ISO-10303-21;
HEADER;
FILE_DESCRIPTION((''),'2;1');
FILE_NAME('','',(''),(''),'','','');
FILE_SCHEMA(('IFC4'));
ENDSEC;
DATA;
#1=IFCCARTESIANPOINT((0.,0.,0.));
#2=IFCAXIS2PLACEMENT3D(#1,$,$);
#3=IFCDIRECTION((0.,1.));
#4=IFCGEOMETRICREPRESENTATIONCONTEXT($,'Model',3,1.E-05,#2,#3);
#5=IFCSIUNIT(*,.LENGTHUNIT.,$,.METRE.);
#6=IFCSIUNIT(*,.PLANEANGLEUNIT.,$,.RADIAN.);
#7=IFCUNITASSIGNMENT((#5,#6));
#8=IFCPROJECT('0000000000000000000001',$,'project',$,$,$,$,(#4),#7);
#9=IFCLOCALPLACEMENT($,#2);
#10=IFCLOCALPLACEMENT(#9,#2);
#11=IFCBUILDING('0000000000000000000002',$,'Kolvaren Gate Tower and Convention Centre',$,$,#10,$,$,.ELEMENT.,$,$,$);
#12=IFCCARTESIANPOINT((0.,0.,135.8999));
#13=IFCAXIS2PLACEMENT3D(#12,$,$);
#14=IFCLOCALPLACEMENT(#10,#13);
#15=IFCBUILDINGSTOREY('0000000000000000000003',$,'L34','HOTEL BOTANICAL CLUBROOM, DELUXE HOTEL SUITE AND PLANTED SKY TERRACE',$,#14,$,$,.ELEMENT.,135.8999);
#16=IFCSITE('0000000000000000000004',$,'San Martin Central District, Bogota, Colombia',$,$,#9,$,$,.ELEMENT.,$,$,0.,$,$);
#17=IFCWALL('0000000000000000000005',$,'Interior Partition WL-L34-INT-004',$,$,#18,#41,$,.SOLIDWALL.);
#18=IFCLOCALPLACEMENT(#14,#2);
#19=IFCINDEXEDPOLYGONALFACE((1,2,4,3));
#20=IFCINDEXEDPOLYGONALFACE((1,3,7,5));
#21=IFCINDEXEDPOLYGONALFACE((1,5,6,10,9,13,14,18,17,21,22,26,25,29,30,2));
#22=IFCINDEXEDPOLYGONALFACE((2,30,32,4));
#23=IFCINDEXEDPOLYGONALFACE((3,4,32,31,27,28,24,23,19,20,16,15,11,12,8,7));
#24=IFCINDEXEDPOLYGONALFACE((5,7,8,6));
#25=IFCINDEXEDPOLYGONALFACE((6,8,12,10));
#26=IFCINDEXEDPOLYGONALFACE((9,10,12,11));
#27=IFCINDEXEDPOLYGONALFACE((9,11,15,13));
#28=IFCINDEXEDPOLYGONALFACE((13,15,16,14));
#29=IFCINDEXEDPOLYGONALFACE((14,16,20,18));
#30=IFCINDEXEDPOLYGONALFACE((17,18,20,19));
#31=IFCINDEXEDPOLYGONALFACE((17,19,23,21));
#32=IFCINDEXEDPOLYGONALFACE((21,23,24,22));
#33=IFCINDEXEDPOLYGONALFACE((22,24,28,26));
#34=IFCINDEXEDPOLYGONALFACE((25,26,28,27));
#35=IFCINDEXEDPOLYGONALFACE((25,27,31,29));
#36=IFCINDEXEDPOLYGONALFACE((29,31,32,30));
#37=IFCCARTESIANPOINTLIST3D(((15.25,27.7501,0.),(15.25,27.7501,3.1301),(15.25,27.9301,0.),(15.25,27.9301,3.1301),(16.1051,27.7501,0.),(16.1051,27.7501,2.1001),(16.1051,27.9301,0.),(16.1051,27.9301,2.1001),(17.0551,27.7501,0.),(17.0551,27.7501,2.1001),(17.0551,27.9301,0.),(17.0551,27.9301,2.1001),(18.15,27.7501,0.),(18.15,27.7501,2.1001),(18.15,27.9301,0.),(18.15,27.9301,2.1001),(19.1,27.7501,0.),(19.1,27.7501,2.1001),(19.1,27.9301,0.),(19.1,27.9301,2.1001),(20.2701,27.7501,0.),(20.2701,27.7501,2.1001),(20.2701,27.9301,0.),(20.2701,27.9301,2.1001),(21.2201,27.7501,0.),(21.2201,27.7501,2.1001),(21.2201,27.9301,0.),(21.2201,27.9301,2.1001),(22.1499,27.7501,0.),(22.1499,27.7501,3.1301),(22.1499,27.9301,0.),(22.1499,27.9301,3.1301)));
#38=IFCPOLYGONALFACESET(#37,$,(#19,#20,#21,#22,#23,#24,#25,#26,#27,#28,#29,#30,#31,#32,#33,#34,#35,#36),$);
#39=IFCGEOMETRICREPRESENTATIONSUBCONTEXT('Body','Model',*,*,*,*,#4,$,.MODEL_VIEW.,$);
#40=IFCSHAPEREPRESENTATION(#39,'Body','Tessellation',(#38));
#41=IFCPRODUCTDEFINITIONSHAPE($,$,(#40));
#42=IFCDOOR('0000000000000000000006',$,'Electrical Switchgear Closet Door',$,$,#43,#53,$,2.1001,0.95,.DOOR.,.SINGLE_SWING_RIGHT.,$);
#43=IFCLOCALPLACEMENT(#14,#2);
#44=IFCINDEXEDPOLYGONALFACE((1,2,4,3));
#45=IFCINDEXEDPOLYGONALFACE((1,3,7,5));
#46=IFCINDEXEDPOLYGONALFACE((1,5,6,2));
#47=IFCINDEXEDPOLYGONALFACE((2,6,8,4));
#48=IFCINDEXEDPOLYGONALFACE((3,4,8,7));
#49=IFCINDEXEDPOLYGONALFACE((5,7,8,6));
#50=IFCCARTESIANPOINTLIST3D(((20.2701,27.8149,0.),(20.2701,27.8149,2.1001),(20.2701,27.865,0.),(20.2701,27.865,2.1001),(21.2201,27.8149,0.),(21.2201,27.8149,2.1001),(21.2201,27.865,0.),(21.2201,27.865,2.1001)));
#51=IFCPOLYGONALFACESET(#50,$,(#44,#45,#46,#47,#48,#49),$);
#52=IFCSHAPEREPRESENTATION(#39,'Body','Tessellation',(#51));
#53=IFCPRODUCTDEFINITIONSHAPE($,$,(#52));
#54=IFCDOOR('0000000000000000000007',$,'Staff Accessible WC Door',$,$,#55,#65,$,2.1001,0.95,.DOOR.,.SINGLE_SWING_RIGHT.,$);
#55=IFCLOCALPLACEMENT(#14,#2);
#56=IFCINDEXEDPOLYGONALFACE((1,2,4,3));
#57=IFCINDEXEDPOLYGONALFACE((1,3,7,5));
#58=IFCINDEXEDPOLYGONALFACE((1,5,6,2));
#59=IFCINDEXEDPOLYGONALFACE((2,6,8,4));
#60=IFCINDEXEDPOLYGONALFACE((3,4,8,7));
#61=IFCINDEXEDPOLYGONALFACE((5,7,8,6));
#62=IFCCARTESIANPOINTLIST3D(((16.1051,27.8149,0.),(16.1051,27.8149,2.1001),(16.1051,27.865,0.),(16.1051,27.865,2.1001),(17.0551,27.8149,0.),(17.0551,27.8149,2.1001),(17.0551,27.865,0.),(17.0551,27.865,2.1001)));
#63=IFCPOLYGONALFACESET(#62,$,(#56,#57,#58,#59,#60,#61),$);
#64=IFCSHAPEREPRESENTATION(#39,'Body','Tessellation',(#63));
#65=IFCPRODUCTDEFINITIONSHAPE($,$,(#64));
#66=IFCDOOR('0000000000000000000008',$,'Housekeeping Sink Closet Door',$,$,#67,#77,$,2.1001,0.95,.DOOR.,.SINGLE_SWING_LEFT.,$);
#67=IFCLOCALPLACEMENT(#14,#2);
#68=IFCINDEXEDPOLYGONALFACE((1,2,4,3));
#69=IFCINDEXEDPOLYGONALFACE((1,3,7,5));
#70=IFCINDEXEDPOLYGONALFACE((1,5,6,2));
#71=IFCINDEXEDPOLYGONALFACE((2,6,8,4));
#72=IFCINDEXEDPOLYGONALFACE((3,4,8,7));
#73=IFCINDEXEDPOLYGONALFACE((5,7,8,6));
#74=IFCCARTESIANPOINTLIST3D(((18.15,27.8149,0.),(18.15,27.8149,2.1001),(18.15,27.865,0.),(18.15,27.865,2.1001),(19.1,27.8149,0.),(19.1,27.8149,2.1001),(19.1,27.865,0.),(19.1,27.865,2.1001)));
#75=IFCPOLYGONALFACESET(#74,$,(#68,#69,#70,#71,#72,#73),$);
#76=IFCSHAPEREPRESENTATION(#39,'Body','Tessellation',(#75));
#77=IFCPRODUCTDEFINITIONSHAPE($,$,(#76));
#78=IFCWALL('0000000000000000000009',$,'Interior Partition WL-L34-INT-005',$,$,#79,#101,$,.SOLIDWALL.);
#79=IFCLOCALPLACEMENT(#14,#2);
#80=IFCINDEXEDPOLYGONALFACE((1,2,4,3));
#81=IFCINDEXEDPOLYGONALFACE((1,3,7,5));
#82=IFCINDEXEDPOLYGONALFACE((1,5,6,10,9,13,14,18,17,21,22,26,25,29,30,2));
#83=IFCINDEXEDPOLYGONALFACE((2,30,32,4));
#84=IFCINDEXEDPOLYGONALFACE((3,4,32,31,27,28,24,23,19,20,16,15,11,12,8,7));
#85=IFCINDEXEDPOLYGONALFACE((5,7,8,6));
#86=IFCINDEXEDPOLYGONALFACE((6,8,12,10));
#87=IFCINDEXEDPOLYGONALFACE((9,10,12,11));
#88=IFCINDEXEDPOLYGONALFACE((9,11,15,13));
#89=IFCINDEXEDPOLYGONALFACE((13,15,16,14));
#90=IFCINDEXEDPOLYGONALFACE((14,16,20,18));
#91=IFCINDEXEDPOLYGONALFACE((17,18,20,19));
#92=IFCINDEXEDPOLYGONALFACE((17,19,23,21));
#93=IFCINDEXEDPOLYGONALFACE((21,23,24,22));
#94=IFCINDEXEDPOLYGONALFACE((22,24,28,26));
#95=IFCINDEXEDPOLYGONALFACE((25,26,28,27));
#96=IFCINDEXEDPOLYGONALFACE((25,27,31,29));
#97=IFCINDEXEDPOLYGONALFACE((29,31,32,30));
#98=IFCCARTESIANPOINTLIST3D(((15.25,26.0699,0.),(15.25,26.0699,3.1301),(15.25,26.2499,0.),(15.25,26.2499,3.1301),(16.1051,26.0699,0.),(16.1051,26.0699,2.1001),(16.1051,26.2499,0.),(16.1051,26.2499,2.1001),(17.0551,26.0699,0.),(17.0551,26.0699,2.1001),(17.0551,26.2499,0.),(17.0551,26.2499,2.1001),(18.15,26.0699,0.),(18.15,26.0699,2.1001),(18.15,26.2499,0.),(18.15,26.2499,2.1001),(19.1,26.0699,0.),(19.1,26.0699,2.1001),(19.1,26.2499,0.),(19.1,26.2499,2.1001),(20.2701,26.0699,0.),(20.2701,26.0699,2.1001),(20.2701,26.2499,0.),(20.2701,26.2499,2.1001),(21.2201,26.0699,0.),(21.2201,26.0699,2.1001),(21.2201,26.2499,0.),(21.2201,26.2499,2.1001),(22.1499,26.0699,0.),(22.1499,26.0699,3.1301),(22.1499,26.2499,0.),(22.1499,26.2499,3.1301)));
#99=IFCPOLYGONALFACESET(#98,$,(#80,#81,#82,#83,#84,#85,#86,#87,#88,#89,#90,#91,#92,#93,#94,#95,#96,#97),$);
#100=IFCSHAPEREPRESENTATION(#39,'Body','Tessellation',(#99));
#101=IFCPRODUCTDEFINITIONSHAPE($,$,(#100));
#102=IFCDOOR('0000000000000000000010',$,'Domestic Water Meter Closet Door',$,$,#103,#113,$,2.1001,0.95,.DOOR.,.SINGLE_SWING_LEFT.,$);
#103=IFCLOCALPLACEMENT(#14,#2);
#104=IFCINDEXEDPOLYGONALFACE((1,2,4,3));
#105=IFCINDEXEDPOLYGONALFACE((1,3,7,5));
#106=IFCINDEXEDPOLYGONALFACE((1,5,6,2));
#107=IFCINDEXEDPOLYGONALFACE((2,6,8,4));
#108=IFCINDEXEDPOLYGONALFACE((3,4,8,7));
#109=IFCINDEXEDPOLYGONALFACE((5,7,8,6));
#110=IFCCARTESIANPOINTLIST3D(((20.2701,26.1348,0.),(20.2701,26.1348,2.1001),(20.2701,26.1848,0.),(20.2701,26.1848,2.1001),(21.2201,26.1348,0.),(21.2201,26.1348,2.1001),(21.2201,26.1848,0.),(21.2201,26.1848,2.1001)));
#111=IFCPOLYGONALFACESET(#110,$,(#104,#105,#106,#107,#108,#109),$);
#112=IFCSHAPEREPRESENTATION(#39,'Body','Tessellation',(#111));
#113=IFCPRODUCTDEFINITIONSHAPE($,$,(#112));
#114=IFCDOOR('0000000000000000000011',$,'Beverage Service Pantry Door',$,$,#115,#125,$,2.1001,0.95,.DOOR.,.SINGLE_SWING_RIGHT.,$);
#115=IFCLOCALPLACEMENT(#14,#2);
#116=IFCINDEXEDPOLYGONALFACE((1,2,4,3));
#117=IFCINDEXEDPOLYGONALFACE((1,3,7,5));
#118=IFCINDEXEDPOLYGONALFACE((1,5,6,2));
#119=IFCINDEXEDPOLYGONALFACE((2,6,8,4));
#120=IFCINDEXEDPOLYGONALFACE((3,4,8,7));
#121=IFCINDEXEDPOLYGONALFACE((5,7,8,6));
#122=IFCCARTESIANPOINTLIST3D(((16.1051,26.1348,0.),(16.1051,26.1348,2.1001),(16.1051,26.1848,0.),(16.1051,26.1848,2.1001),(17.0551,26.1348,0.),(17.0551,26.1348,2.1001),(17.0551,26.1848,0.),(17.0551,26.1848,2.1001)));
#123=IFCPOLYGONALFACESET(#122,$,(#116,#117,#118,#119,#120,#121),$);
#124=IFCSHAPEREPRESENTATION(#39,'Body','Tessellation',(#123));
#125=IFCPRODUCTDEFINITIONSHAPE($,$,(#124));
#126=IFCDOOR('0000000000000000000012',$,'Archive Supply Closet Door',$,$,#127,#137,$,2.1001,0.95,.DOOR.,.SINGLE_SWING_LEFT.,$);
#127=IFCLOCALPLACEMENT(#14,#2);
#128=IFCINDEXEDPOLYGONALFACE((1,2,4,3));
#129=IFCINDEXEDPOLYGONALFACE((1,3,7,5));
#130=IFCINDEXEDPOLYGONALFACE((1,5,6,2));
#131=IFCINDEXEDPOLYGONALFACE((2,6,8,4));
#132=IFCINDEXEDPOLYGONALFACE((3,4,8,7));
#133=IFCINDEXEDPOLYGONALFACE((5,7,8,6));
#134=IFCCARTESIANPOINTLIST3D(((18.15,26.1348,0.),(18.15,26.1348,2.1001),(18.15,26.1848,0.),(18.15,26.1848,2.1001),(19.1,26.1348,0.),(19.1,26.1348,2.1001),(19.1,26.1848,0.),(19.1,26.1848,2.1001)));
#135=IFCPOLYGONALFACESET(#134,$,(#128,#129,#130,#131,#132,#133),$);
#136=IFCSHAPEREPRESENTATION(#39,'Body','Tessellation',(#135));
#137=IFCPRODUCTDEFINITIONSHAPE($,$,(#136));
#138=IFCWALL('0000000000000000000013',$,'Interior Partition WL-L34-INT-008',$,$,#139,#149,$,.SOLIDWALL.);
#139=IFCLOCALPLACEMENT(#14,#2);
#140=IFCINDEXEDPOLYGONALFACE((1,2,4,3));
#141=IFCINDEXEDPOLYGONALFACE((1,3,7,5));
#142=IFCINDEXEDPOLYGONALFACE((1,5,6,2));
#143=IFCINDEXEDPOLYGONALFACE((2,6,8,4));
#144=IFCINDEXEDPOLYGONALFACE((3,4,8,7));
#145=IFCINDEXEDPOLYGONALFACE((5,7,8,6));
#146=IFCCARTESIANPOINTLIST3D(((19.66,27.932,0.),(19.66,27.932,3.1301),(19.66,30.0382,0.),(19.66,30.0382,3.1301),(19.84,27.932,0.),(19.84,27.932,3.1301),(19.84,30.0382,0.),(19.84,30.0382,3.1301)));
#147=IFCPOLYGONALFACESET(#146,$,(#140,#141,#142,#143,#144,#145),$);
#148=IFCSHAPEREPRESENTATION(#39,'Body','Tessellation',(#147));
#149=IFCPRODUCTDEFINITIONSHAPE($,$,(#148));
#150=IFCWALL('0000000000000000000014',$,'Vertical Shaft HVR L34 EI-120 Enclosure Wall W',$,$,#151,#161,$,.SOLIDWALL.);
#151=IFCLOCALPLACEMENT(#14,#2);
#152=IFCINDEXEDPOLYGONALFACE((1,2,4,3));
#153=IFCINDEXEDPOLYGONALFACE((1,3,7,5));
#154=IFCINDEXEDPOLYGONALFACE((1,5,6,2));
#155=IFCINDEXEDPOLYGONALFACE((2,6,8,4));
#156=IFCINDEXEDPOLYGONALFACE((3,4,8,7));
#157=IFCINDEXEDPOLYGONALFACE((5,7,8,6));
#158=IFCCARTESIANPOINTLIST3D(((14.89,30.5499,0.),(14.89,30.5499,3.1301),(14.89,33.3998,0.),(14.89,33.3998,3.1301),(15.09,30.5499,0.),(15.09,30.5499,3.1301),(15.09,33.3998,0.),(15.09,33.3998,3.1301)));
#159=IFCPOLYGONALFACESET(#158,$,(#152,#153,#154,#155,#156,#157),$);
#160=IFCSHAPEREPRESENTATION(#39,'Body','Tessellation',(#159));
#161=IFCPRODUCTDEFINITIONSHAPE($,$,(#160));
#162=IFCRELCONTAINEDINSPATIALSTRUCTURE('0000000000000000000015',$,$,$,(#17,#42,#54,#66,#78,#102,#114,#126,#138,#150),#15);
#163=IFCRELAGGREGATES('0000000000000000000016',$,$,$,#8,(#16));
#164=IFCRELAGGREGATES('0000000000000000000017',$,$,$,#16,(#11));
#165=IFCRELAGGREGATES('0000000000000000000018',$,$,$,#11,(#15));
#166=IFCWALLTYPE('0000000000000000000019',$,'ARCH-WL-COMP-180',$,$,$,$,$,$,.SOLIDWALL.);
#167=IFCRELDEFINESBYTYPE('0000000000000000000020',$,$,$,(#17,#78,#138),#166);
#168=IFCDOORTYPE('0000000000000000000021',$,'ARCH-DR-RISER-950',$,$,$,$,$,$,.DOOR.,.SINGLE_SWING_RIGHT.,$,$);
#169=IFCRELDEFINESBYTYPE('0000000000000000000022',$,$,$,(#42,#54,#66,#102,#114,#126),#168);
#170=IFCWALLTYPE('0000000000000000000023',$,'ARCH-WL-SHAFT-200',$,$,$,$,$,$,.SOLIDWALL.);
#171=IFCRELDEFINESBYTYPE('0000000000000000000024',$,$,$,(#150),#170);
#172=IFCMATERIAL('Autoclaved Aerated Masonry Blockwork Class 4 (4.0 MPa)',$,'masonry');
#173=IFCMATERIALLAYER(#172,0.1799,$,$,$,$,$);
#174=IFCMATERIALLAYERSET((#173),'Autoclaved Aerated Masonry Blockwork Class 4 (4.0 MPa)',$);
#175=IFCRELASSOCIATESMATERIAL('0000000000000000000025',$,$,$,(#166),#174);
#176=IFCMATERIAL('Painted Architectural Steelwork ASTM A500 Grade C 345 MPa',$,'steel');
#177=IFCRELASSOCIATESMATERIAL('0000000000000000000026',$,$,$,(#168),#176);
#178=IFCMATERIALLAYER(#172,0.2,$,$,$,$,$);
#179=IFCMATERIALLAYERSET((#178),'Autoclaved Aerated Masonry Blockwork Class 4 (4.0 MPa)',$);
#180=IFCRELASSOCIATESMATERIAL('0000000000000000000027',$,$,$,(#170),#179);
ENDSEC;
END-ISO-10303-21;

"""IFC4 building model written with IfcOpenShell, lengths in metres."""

from ifc_helpers import new_model, si_unit, direction, frame, frame_2d, origin, place, context, subcontext, project, spatial, rectangle, extrude, material, layer, layer_set, type_object, element, fill, save


model = new_model("IFC4")

# Units and contexts
model_context = context("Model", 3, precision=1e-05, world=origin(), true_north=direction((0.0, 1.0)))
body_context = subcontext(model_context, "Body", "Model", "MODEL_VIEW")
ifc_project = project(units=[si_unit("LENGTHUNIT", "METRE"), si_unit("PLANEANGLEUNIT", "RADIAN")], contexts=[model_context])

# Site, building, storey
site_placement = place(None, origin())
site = spatial("IfcSite", under=ifc_project, at=site_placement, Name="San Martin Central District, Bogota, Colombia", CompositionType="ELEMENT", RefElevation=0.0)
building_placement = place(site_placement, origin())
building = spatial("IfcBuilding", under=site, at=building_placement, Name="Kolvaren Gate Tower and Convention Centre", CompositionType="ELEMENT")
storey_placement = place(building_placement, frame((0.0, 0.0, 135.8999)))
storey = spatial("IfcBuildingStorey", under=building, at=storey_placement, Name="L34", Description="HOTEL BOTANICAL CLUBROOM, DELUXE HOTEL SUITE AND PLANTED SKY TERRACE", CompositionType="ELEMENT", Elevation=135.8999)

# Walls, openings, doors
ifc_material_1 = material(Name="Autoclaved Aerated Masonry Blockwork Class 4 (4.0 MPa)", Category="masonry")
ifc_layer_1 = layer(ifc_material_1, 0.1799)
ifc_layer_set_1 = layer_set([ifc_layer_1], Name="Autoclaved Aerated Masonry Blockwork Class 4 (4.0 MPa)")
wall_type_1 = type_object("IfcWallType", Name="ARCH-WL-COMP-180", PredefinedType="SOLIDWALL", material=ifc_layer_set_1)
wall_1_placement = place(storey_placement, frame((15.25, 27.8401, 0.0), z_axis=(0.0, 0.0, 1.0), x_axis=(1.0, 0.0, 0.0)))
wall_1 = element("IfcWall", 1, at=wall_1_placement, inside=storey, type_object=wall_type_1, Name="Interior Partition WL-L34-INT-004", PredefinedType="SOLIDWALL", context=body_context, shape_type="SweptSolid", body=[
    extrude(rectangle(XDim=6.8999, YDim=0.1799, at=frame_2d((3.45, 0.0))), origin(), (0.0, 0.0, 1.0), 3.1301),
])
opening_1_placement = place(wall_1_placement, frame((5.02, 0.0, 0.0)))
opening_1 = element("IfcOpeningElement", 2, at=opening_1_placement, cuts=wall_1, PredefinedType="OPENING", context=body_context, shape_type="SweptSolid", body=[
    extrude(rectangle(XDim=0.95, YDim=2.1001, at=frame_2d((0.4751, 1.05))), frame((0.0, 0.0999, 0.0), z_axis=(0.0, -1.0, 0.0), x_axis=(1.0, 0.0, 0.0)), (0.0, 0.0, 1.0), 0.2),
])
opening_2_placement = place(wall_1_placement, frame((0.855, 0.0, 0.0)))
opening_2 = element("IfcOpeningElement", 3, at=opening_2_placement, cuts=wall_1, PredefinedType="OPENING", context=body_context, shape_type="SweptSolid", body=[
    extrude(rectangle(XDim=0.95, YDim=2.1001, at=frame_2d((0.4751, 1.05))), frame((0.0, 0.0999, 0.0), z_axis=(0.0, -1.0, 0.0), x_axis=(1.0, 0.0, 0.0)), (0.0, 0.0, 1.0), 0.2),
])
opening_3_placement = place(wall_1_placement, frame((2.8999, 0.0, 0.0)))
opening_3 = element("IfcOpeningElement", 4, at=opening_3_placement, cuts=wall_1, PredefinedType="OPENING", context=body_context, shape_type="SweptSolid", body=[
    extrude(rectangle(XDim=0.95, YDim=2.1001, at=frame_2d((0.4751, 1.05))), frame((0.0, 0.0999, 0.0), z_axis=(0.0, -1.0, 0.0), x_axis=(1.0, 0.0, 0.0)), (0.0, 0.0, 1.0), 0.2),
])
ifc_material_2 = material(Name="Painted Architectural Steelwork ASTM A500 Grade C 345 MPa", Category="steel")
door_type = type_object("IfcDoorType", Name="ARCH-DR-RISER-950", OperationType="SINGLE_SWING_RIGHT", PredefinedType="DOOR", material=ifc_material_2)
door_1_placement = place(opening_1_placement, origin())
door_1 = element("IfcDoor", 5, at=door_1_placement, inside=storey, type_object=door_type, Name="Electrical Switchgear Closet Door", OperationType="SINGLE_SWING_RIGHT", OverallHeight=2.1001, OverallWidth=0.95, PredefinedType="DOOR", context=body_context, shape_type="SweptSolid", body=[
    extrude(rectangle(XDim=0.95, YDim=2.1001, at=frame_2d((0.4751, 1.05))), frame((0.0, 0.0249, 0.0), z_axis=(0.0, -1.0, 0.0), x_axis=(1.0, 0.0, 0.0)), (0.0, 0.0, 1.0), 0.05),
])
fill(opening_1, door_1)
door_2_placement = place(opening_2_placement, origin())
door_2 = element("IfcDoor", 6, at=door_2_placement, inside=storey, type_object=door_type, Name="Staff Accessible WC Door", OperationType="SINGLE_SWING_RIGHT", OverallHeight=2.1001, OverallWidth=0.95, PredefinedType="DOOR", context=body_context, shape_type="SweptSolid", body=[
    extrude(rectangle(XDim=0.95, YDim=2.1001, at=frame_2d((0.4751, 1.05))), frame((0.0, 0.0249, 0.0), z_axis=(0.0, -1.0, 0.0), x_axis=(1.0, 0.0, 0.0)), (0.0, 0.0, 1.0), 0.05),
])
fill(opening_2, door_2)
door_3_placement = place(opening_3_placement, origin())
door_3 = element("IfcDoor", 7, at=door_3_placement, inside=storey, type_object=door_type, Name="Housekeeping Sink Closet Door", OperationType="SINGLE_SWING_LEFT", OverallHeight=2.1001, OverallWidth=0.95, PredefinedType="DOOR", context=body_context, shape_type="SweptSolid", body=[
    extrude(rectangle(XDim=0.95, YDim=2.1001, at=frame_2d((0.4751, 1.05))), frame((0.0, 0.0249, 0.0), z_axis=(0.0, -1.0, 0.0), x_axis=(1.0, 0.0, 0.0)), (0.0, 0.0, 1.0), 0.05),
])
fill(opening_3, door_3)
wall_2_placement = place(storey_placement, frame((15.25, 26.1599, 0.0), z_axis=(0.0, 0.0, 1.0), x_axis=(1.0, 0.0, 0.0)))
wall_2 = element("IfcWall", 8, at=wall_2_placement, inside=storey, type_object=wall_type_1, Name="Interior Partition WL-L34-INT-005", PredefinedType="SOLIDWALL", context=body_context, shape_type="SweptSolid", body=[
    extrude(rectangle(XDim=6.8999, YDim=0.1799, at=frame_2d((3.45, 0.0))), origin(), (0.0, 0.0, 1.0), 3.1301),
])
opening_4_placement = place(wall_2_placement, frame((5.02, 0.0, 0.0)))
opening_4 = element("IfcOpeningElement", 9, at=opening_4_placement, cuts=wall_2, PredefinedType="OPENING", context=body_context, shape_type="SweptSolid", body=[
    extrude(rectangle(XDim=0.95, YDim=2.1001, at=frame_2d((0.4751, 1.05))), frame((0.0, 0.0999, 0.0), z_axis=(0.0, -1.0, 0.0), x_axis=(1.0, 0.0, 0.0)), (0.0, 0.0, 1.0), 0.2),
])
opening_5_placement = place(wall_2_placement, frame((0.855, 0.0, 0.0)))
opening_5 = element("IfcOpeningElement", 10, at=opening_5_placement, cuts=wall_2, PredefinedType="OPENING", context=body_context, shape_type="SweptSolid", body=[
    extrude(rectangle(XDim=0.95, YDim=2.1001, at=frame_2d((0.4751, 1.05))), frame((0.0, 0.0999, 0.0), z_axis=(0.0, -1.0, 0.0), x_axis=(1.0, 0.0, 0.0)), (0.0, 0.0, 1.0), 0.2),
])
opening_6_placement = place(wall_2_placement, frame((2.8999, 0.0, 0.0)))
opening_6 = element("IfcOpeningElement", 11, at=opening_6_placement, cuts=wall_2, PredefinedType="OPENING", context=body_context, shape_type="SweptSolid", body=[
    extrude(rectangle(XDim=0.95, YDim=2.1001, at=frame_2d((0.4751, 1.05))), frame((0.0, 0.0999, 0.0), z_axis=(0.0, -1.0, 0.0), x_axis=(1.0, 0.0, 0.0)), (0.0, 0.0, 1.0), 0.2),
])
door_4_placement = place(opening_4_placement, origin())
door_4 = element("IfcDoor", 12, at=door_4_placement, inside=storey, type_object=door_type, Name="Domestic Water Meter Closet Door", OperationType="SINGLE_SWING_LEFT", OverallHeight=2.1001, OverallWidth=0.95, PredefinedType="DOOR", context=body_context, shape_type="SweptSolid", body=[
    extrude(rectangle(XDim=0.95, YDim=2.1001, at=frame_2d((0.4751, 1.05))), frame((0.0, 0.0249, 0.0), z_axis=(0.0, -1.0, 0.0), x_axis=(1.0, 0.0, 0.0)), (0.0, 0.0, 1.0), 0.05),
])
fill(opening_4, door_4)
door_5_placement = place(opening_5_placement, origin())
door_5 = element("IfcDoor", 13, at=door_5_placement, inside=storey, type_object=door_type, Name="Beverage Service Pantry Door", OperationType="SINGLE_SWING_RIGHT", OverallHeight=2.1001, OverallWidth=0.95, PredefinedType="DOOR", context=body_context, shape_type="SweptSolid", body=[
    extrude(rectangle(XDim=0.95, YDim=2.1001, at=frame_2d((0.4751, 1.05))), frame((0.0, 0.0249, 0.0), z_axis=(0.0, -1.0, 0.0), x_axis=(1.0, 0.0, 0.0)), (0.0, 0.0, 1.0), 0.05),
])
fill(opening_5, door_5)
door_6_placement = place(opening_6_placement, origin())
door_6 = element("IfcDoor", 14, at=door_6_placement, inside=storey, type_object=door_type, Name="Archive Supply Closet Door", OperationType="SINGLE_SWING_LEFT", OverallHeight=2.1001, OverallWidth=0.95, PredefinedType="DOOR", context=body_context, shape_type="SweptSolid", body=[
    extrude(rectangle(XDim=0.95, YDim=2.1001, at=frame_2d((0.4751, 1.05))), frame((0.0, 0.0249, 0.0), z_axis=(0.0, -1.0, 0.0), x_axis=(1.0, 0.0, 0.0)), (0.0, 0.0, 1.0), 0.05),
])
fill(opening_6, door_6)

# Walls
wall_3_placement = place(storey_placement, frame((19.75, 27.9319, 0.0), z_axis=(0.0, 0.0, 1.0), x_axis=(0.0, 1.0, 0.0)))
element("IfcWall", 15, at=wall_3_placement, inside=storey, type_object=wall_type_1, Name="Interior Partition WL-L34-INT-008", PredefinedType="SOLIDWALL", context=body_context, shape_type="SweptSolid", body=[
    extrude(rectangle(XDim=2.1062, YDim=0.1799, at=frame_2d((1.0532, 0.0))), origin(), (0.0, 0.0, 1.0), 3.1301),
])
ifc_layer_2 = layer(ifc_material_1, 0.2)
ifc_layer_set_2 = layer_set([ifc_layer_2], Name="Autoclaved Aerated Masonry Blockwork Class 4 (4.0 MPa)")
wall_type_2 = type_object("IfcWallType", Name="ARCH-WL-SHAFT-200", PredefinedType="SOLIDWALL", material=ifc_layer_set_2)
wall_4_placement = place(storey_placement, frame((14.99, 30.55, 0.0), z_axis=(0.0, 0.0, 1.0), x_axis=(0.0, 1.0, 0.0)))
element("IfcWall", 16, at=wall_4_placement, inside=storey, type_object=wall_type_2, Name="Vertical Shaft HVR L34 EI-120 Enclosure Wall W", PredefinedType="SOLIDWALL", context=body_context, shape_type="SweptSolid", body=[
    extrude(rectangle(XDim=2.8499, YDim=0.2, at=frame_2d((1.4248, 0.0))), origin(), (0.0, 0.0, 1.0), 3.1301),
])

save(model, "model.ifc")
